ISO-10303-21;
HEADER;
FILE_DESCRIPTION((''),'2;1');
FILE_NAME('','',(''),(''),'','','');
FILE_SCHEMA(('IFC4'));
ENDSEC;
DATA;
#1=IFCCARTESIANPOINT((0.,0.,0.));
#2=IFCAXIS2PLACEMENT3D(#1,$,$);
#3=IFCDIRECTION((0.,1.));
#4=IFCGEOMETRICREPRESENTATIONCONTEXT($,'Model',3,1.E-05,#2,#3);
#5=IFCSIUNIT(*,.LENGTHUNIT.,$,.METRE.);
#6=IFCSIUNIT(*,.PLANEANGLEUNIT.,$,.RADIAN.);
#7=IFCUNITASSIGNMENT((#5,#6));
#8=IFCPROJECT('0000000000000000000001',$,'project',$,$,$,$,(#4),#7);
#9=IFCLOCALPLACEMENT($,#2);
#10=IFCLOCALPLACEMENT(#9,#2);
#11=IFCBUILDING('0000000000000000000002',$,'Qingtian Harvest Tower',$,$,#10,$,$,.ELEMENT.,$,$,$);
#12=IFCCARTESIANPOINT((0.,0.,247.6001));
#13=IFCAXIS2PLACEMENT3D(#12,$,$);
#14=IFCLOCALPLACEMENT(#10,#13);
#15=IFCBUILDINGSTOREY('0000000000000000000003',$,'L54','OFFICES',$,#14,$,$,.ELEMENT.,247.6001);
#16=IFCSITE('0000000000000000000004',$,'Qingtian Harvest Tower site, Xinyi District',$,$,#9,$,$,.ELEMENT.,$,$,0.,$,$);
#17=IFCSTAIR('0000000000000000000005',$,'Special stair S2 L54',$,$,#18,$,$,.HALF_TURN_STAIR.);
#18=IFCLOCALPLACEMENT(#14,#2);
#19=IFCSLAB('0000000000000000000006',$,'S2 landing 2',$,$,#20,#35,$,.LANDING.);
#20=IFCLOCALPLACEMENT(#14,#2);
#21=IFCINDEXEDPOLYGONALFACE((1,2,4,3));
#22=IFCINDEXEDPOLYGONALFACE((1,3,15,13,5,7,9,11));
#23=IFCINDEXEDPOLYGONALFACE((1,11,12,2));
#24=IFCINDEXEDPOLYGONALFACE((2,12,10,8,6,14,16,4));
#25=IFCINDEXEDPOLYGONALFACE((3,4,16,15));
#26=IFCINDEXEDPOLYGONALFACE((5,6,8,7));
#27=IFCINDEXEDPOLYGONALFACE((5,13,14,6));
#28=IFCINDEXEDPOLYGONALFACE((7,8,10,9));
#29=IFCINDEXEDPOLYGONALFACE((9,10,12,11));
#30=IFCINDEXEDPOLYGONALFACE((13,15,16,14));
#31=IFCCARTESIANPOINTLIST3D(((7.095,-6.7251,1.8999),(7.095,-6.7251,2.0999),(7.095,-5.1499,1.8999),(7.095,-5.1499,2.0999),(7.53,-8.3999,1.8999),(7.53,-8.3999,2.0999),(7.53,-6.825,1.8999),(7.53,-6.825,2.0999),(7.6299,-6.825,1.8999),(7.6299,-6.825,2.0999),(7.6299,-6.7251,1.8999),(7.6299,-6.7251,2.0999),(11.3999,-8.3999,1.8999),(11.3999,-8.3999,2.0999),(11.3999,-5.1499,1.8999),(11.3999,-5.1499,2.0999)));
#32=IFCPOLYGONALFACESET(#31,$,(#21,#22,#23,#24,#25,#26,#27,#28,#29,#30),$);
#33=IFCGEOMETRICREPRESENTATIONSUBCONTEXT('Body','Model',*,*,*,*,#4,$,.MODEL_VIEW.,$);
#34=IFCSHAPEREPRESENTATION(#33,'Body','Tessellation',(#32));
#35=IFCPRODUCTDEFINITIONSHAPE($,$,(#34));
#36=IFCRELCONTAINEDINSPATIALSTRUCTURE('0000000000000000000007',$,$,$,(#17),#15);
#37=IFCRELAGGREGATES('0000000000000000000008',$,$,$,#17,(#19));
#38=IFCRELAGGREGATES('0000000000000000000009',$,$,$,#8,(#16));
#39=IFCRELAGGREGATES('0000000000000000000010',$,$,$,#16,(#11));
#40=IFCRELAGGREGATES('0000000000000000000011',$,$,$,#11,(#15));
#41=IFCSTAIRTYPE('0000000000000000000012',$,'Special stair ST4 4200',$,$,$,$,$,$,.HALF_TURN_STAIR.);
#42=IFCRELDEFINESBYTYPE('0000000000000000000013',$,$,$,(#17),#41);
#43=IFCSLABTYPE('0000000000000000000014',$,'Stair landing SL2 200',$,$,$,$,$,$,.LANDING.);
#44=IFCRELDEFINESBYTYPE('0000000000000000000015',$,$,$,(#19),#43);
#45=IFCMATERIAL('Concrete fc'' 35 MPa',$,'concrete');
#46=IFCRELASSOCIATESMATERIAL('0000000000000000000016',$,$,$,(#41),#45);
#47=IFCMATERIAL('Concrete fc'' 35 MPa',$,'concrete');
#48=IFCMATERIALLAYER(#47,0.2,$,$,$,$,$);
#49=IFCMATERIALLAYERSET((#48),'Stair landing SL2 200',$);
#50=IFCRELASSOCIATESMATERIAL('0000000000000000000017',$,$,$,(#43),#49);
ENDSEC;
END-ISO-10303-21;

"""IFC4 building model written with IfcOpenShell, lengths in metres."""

from ifc_helpers import new_model, si_unit, direction, frame, origin, place, context, subcontext, project, spatial, polyline, outline, extrude, material, layer, layer_set, type_object, element, aggregate, save


model = new_model("IFC4")

# Units and contexts
model_context = context("Model", 3, precision=1e-05, world=origin(), true_north=direction((0.0, 1.0)))
body_context = subcontext(model_context, "Body", "Model", "MODEL_VIEW")
ifc_project = project(units=[si_unit("LENGTHUNIT", "METRE"), si_unit("PLANEANGLEUNIT", "RADIAN")], contexts=[model_context])

# Site, building, storey
site_placement = place(None, origin())
site = spatial("IfcSite", under=ifc_project, at=site_placement, Name="Qingtian Harvest Tower site, Xinyi District", CompositionType="ELEMENT", RefElevation=0.0)
building_placement = place(site_placement, origin())
building = spatial("IfcBuilding", under=site, at=building_placement, Name="Qingtian Harvest Tower", CompositionType="ELEMENT")
storey_placement = place(building_placement, frame((0.0, 0.0, 247.6001)))
storey = spatial("IfcBuildingStorey", under=building, at=storey_placement, Name="L54", Description="OFFICES", CompositionType="ELEMENT", Elevation=247.6001)

# Stair, slab
ifc_material_1 = material(Name="Concrete fc' 35 MPa", Category="concrete")
stair_type = type_object("IfcStairType", Name="Special stair ST4 4200", PredefinedType="HALF_TURN_STAIR", material=ifc_material_1)
stair_placement = place(storey_placement, origin())
stair = element("IfcStair", 1, at=stair_placement, inside=storey, type_object=stair_type, Name="Special stair S2 L54", PredefinedType="HALF_TURN_STAIR")
ifc_material_2 = material(Name="Concrete fc' 35 MPa", Category="concrete")
ifc_layer_1 = layer(ifc_material_2, 0.2)
ifc_layer_set_1 = layer_set([ifc_layer_1], Name="Stair landing SL2 200")
slab_type_1 = type_object("IfcSlabType", Name="Stair landing SL2 200", PredefinedType="LANDING", material=ifc_layer_set_1)
slab_1_placement = place(storey_placement, frame((0.0, 0.0, 1.8999)))
slab_1 = element("IfcSlab", 2, at=slab_1_placement, type_object=slab_type_1, Name="S2 landing 2", PredefinedType="LANDING", context=body_context, shape_type="SweptSolid", body=[
    extrude(outline(polyline([(7.53, -8.3999), (7.53, -6.825), (7.6299, -6.825), (7.6299, -6.7251), (7.095, -6.7251), (7.095, -5.1499), (11.3999, -5.1499), (11.3999, -8.3999), (7.53, -8.3999)])), origin(), (0.0, 0.0, 1.0), 0.2),
])
aggregate(stair, [slab_1])

save(model, "model.ifc")
